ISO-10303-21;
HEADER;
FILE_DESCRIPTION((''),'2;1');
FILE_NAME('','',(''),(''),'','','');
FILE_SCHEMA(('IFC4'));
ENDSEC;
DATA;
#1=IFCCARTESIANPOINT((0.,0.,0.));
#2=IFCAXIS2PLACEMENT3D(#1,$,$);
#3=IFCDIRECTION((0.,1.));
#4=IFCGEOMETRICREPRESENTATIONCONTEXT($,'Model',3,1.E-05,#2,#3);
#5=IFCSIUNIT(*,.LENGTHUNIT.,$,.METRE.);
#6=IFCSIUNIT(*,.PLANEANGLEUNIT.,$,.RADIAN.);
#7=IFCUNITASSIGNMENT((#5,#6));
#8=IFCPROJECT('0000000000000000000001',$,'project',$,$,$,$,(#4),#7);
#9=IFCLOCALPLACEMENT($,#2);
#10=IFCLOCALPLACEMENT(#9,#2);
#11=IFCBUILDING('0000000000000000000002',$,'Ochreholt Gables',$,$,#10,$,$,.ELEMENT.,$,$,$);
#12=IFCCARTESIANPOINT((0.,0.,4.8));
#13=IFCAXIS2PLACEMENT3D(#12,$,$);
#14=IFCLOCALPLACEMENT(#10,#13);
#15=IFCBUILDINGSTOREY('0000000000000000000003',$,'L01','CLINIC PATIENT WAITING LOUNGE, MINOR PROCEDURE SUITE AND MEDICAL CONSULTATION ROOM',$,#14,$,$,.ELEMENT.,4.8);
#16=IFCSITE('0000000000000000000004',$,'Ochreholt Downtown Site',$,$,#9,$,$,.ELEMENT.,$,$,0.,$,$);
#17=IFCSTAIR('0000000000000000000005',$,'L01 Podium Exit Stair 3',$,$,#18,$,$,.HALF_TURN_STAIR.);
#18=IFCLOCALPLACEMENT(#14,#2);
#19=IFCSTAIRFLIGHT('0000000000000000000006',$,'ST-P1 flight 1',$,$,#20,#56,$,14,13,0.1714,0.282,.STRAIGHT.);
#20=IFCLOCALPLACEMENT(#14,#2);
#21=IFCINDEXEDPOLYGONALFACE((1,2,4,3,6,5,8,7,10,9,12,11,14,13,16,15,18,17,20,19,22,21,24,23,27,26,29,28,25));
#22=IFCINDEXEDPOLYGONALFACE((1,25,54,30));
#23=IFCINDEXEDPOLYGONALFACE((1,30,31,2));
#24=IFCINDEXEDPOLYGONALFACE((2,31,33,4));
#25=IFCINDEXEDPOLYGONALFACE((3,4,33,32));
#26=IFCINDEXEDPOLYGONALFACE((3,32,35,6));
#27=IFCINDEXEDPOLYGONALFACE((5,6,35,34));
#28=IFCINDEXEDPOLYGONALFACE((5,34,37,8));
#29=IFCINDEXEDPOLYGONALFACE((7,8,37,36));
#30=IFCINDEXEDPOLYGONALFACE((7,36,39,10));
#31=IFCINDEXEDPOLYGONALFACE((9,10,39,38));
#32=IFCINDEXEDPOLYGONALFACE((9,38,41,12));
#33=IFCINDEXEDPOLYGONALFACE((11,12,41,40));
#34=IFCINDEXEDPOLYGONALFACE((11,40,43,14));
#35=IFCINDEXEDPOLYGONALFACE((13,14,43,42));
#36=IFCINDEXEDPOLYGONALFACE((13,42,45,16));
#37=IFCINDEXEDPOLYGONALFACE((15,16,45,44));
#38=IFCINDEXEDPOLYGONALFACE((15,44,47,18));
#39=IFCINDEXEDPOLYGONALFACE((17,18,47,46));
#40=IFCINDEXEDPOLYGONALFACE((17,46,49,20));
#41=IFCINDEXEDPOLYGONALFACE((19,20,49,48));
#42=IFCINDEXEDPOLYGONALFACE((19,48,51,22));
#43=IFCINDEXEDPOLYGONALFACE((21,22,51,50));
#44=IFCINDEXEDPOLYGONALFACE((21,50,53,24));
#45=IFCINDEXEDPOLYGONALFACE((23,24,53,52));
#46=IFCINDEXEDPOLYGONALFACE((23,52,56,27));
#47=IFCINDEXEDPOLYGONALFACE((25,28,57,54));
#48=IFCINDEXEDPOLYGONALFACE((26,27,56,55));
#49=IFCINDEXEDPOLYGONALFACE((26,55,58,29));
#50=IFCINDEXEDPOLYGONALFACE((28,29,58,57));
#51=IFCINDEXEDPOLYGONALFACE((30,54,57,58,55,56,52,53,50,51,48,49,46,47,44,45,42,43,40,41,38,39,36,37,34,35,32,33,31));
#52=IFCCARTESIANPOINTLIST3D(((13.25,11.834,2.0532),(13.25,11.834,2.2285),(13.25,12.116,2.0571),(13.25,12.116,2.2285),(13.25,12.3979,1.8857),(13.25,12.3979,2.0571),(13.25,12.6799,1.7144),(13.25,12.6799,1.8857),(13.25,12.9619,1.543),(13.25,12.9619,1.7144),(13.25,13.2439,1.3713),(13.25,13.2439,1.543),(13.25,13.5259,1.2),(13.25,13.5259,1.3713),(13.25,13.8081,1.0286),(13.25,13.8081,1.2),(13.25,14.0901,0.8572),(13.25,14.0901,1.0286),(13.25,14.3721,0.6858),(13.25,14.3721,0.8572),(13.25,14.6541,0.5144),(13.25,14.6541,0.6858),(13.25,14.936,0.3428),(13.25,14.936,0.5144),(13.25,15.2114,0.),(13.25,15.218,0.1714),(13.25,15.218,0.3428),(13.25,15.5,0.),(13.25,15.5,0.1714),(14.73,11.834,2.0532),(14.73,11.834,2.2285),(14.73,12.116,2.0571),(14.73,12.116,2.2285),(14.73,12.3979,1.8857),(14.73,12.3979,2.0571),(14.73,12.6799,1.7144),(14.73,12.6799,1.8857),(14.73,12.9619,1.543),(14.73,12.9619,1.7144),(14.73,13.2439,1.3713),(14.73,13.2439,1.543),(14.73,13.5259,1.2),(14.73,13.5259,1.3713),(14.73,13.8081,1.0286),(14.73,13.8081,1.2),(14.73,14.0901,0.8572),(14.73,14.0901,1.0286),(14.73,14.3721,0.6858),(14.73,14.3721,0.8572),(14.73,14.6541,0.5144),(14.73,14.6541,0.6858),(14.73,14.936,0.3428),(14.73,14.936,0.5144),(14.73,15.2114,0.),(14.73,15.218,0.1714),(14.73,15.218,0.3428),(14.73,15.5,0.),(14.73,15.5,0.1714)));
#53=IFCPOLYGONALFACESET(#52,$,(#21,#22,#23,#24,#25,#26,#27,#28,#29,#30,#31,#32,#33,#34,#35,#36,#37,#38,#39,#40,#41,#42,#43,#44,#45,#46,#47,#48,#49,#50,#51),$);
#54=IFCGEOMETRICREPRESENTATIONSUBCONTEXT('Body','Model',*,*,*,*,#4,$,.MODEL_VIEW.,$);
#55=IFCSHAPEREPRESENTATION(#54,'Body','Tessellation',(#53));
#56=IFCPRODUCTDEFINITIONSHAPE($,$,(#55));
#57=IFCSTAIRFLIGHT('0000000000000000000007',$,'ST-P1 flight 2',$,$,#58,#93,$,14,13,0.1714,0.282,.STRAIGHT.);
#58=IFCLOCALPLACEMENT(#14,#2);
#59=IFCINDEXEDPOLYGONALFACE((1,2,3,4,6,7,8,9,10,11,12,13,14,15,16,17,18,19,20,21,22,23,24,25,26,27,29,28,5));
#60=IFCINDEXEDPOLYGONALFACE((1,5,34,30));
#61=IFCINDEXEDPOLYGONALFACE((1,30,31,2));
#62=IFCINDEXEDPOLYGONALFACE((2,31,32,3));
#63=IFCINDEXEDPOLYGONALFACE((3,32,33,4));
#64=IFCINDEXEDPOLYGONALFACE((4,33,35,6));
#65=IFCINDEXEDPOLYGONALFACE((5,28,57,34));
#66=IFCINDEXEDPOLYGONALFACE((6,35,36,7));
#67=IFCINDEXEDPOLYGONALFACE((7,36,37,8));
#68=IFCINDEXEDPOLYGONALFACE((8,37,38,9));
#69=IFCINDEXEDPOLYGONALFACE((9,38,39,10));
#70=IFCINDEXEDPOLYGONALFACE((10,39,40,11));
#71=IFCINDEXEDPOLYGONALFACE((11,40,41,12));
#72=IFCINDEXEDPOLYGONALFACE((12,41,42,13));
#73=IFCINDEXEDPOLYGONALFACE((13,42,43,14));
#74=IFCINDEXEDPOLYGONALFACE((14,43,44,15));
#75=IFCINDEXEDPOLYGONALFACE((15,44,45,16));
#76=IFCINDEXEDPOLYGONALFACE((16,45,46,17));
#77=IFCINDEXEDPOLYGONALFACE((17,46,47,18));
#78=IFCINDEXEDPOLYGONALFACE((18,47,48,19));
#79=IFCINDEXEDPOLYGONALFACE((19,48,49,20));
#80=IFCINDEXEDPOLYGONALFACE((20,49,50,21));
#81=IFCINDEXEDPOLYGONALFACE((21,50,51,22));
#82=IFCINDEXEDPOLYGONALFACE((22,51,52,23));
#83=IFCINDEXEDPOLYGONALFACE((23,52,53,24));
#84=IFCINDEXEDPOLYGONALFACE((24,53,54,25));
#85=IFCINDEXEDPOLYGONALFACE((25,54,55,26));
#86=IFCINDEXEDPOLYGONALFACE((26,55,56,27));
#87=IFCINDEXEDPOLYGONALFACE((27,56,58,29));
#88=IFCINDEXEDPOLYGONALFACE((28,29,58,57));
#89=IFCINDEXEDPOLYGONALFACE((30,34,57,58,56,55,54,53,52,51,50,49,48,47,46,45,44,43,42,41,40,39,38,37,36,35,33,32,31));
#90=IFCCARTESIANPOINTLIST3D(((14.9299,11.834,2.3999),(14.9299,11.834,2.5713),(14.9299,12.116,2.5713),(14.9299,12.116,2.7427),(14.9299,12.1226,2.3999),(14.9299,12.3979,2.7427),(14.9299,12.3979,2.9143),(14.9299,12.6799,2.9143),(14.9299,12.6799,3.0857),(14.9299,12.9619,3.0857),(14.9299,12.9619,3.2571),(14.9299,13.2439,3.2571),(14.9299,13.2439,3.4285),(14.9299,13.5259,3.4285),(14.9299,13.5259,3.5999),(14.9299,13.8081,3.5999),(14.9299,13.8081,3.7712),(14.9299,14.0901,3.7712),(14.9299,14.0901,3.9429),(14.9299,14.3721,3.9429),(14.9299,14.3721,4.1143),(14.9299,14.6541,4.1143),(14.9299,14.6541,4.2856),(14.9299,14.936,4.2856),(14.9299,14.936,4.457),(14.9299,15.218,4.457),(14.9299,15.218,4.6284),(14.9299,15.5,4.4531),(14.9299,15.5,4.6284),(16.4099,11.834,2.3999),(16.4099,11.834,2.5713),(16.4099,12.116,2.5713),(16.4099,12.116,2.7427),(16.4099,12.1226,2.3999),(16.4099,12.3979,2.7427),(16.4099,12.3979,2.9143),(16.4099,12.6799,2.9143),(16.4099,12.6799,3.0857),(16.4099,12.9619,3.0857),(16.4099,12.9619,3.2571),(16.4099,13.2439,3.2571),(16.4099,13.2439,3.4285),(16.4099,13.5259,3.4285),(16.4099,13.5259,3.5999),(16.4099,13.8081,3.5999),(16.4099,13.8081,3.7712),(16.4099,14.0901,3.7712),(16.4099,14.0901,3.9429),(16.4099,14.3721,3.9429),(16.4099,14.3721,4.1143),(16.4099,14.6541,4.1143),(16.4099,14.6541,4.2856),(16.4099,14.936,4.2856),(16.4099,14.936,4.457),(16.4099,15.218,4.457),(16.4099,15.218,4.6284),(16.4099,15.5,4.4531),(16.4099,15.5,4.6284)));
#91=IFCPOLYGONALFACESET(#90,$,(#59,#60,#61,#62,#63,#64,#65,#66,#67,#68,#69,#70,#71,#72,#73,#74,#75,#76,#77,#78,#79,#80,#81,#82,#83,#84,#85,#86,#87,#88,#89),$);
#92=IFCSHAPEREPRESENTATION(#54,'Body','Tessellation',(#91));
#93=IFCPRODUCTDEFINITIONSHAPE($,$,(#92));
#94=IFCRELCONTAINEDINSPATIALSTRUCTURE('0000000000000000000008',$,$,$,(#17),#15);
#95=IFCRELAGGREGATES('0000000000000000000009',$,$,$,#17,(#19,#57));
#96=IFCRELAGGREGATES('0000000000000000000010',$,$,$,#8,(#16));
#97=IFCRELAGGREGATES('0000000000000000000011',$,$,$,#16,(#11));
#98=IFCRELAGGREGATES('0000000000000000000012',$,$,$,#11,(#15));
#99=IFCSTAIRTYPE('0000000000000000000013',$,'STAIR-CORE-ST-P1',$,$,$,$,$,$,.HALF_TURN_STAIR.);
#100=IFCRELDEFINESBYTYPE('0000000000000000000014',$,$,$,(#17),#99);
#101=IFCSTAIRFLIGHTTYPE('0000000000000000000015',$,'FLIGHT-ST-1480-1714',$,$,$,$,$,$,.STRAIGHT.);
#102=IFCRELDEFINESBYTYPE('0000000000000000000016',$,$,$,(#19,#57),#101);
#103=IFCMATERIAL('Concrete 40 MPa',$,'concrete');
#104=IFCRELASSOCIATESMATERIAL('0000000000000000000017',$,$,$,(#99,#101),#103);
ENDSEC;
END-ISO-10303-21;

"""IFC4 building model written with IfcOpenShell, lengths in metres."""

from ifc_helpers import new_model, si_unit, direction, frame, origin, place, context, subcontext, project, spatial, polyline, outline, extrude, material, type_object, element, aggregate, save


model = new_model("IFC4")

# Units and contexts
model_context = context("Model", 3, precision=1e-05, world=origin(), true_north=direction((0.0, 1.0)))
body_context = subcontext(model_context, "Body", "Model", "MODEL_VIEW")
ifc_project = project(units=[si_unit("LENGTHUNIT", "METRE"), si_unit("PLANEANGLEUNIT", "RADIAN")], contexts=[model_context])

# Site, building, storey
site_placement = place(None, origin())
site = spatial("IfcSite", under=ifc_project, at=site_placement, Name="Ochreholt Downtown Site", CompositionType="ELEMENT", RefElevation=0.0)
building_placement = place(site_placement, origin())
building = spatial("IfcBuilding", under=site, at=building_placement, Name="Ochreholt Gables", CompositionType="ELEMENT")
storey_placement = place(building_placement, frame((0.0, 0.0, 4.8)))
storey = spatial("IfcBuildingStorey", under=building, at=storey_placement, Name="L01", Description="CLINIC PATIENT WAITING LOUNGE, MINOR PROCEDURE SUITE AND MEDICAL CONSULTATION ROOM", CompositionType="ELEMENT", Elevation=4.8)

# Stair, stair flights
ifc_material_1 = material(Name="Concrete 40 MPa", Category="concrete")
stair_type = type_object("IfcStairType", Name="STAIR-CORE-ST-P1", PredefinedType="HALF_TURN_STAIR", material=ifc_material_1)
stair_placement = place(storey_placement, origin())
stair = element("IfcStair", 1, at=stair_placement, inside=storey, type_object=stair_type, Name="L01 Podium Exit Stair 3", PredefinedType="HALF_TURN_STAIR")
stair_flight_type = type_object("IfcStairFlightType", Name="FLIGHT-ST-1480-1714", PredefinedType="STRAIGHT", material=ifc_material_1)
stair_flight_1_placement = place(storey_placement, frame((13.99, 15.5, 0.0), z_axis=(0.0, 0.0, 1.0), x_axis=(0.0, -1.0, 0.0)))
stair_flight_1 = element("IfcStairFlight", 2, at=stair_flight_1_placement, type_object=stair_flight_type, Name="ST-P1 flight 1", NumberOfRisers=14, NumberOfTreads=13, PredefinedType="STRAIGHT", RiserHeight=0.1714, TreadLength=0.282, context=body_context, shape_type="SweptSolid", body=[
    extrude(outline(polyline([(0.0, 0.0), (0.0, 0.1714), (0.282, 0.1714), (0.282, 0.3428), (0.564, 0.3428), (0.564, 0.5144), (0.8459, 0.5144), (0.8459, 0.6858), (1.1279, 0.6858), (1.1279, 0.8572), (1.4099, 0.8572), (1.4099, 1.0286), (1.6919, 1.0286), (1.6919, 1.2), (1.9741, 1.2), (1.9741, 1.3713), (2.2561, 1.3713), (2.2561, 1.543), (2.5381, 1.543), (2.5381, 1.7144), (2.8201, 1.7144), (2.8201, 1.8857), (3.1021, 1.8857), (3.1021, 2.0571), (3.384, 2.0571), (3.384, 2.2285), (3.666, 2.2285), (3.666, 2.3999), (3.666, 2.0532), (0.2886, 0.0), (0.0, 0.0)])), frame((0.0, 0.74, 0.0), z_axis=(0.0, -1.0, 0.0), x_axis=(1.0, 0.0, 0.0)), (0.0, 0.0, 1.0), 1.48),
])
stair_flight_2_placement = place(storey_placement, frame((15.6699, 11.834, 2.3999), z_axis=(0.0, 0.0, 1.0), x_axis=(0.0, 1.0, 0.0)))
stair_flight_2 = element("IfcStairFlight", 3, at=stair_flight_2_placement, type_object=stair_flight_type, Name="ST-P1 flight 2", NumberOfRisers=14, NumberOfTreads=13, PredefinedType="STRAIGHT", RiserHeight=0.1714, TreadLength=0.282, context=body_context, shape_type="SweptSolid", body=[
    extrude(outline(polyline([(0.0, 0.0), (0.0, 0.1714), (0.282, 0.1714), (0.282, 0.3428), (0.564, 0.3428), (0.564, 0.5144), (0.8459, 0.5144), (0.8459, 0.6858), (1.1279, 0.6858), (1.1279, 0.8572), (1.4099, 0.8572), (1.4099, 1.0286), (1.6919, 1.0286), (1.6919, 1.2), (1.9741, 1.2), (1.9741, 1.3713), (2.2561, 1.3713), (2.2561, 1.543), (2.5381, 1.543), (2.5381, 1.7144), (2.8201, 1.7144), (2.8201, 1.8857), (3.1021, 1.8857), (3.1021, 2.0571), (3.384, 2.0571), (3.384, 2.2285), (3.666, 2.2285), (3.666, 2.3999), (3.666, 2.0532), (0.2886, 0.0), (0.0, 0.0)])), frame((0.0, 0.74, 0.0), z_axis=(0.0, -1.0, 0.0), x_axis=(1.0, 0.0, 0.0)), (0.0, 0.0, 1.0), 1.48),
])
aggregate(stair, [stair_flight_1, stair_flight_2])

save(model, "model.ifc")
